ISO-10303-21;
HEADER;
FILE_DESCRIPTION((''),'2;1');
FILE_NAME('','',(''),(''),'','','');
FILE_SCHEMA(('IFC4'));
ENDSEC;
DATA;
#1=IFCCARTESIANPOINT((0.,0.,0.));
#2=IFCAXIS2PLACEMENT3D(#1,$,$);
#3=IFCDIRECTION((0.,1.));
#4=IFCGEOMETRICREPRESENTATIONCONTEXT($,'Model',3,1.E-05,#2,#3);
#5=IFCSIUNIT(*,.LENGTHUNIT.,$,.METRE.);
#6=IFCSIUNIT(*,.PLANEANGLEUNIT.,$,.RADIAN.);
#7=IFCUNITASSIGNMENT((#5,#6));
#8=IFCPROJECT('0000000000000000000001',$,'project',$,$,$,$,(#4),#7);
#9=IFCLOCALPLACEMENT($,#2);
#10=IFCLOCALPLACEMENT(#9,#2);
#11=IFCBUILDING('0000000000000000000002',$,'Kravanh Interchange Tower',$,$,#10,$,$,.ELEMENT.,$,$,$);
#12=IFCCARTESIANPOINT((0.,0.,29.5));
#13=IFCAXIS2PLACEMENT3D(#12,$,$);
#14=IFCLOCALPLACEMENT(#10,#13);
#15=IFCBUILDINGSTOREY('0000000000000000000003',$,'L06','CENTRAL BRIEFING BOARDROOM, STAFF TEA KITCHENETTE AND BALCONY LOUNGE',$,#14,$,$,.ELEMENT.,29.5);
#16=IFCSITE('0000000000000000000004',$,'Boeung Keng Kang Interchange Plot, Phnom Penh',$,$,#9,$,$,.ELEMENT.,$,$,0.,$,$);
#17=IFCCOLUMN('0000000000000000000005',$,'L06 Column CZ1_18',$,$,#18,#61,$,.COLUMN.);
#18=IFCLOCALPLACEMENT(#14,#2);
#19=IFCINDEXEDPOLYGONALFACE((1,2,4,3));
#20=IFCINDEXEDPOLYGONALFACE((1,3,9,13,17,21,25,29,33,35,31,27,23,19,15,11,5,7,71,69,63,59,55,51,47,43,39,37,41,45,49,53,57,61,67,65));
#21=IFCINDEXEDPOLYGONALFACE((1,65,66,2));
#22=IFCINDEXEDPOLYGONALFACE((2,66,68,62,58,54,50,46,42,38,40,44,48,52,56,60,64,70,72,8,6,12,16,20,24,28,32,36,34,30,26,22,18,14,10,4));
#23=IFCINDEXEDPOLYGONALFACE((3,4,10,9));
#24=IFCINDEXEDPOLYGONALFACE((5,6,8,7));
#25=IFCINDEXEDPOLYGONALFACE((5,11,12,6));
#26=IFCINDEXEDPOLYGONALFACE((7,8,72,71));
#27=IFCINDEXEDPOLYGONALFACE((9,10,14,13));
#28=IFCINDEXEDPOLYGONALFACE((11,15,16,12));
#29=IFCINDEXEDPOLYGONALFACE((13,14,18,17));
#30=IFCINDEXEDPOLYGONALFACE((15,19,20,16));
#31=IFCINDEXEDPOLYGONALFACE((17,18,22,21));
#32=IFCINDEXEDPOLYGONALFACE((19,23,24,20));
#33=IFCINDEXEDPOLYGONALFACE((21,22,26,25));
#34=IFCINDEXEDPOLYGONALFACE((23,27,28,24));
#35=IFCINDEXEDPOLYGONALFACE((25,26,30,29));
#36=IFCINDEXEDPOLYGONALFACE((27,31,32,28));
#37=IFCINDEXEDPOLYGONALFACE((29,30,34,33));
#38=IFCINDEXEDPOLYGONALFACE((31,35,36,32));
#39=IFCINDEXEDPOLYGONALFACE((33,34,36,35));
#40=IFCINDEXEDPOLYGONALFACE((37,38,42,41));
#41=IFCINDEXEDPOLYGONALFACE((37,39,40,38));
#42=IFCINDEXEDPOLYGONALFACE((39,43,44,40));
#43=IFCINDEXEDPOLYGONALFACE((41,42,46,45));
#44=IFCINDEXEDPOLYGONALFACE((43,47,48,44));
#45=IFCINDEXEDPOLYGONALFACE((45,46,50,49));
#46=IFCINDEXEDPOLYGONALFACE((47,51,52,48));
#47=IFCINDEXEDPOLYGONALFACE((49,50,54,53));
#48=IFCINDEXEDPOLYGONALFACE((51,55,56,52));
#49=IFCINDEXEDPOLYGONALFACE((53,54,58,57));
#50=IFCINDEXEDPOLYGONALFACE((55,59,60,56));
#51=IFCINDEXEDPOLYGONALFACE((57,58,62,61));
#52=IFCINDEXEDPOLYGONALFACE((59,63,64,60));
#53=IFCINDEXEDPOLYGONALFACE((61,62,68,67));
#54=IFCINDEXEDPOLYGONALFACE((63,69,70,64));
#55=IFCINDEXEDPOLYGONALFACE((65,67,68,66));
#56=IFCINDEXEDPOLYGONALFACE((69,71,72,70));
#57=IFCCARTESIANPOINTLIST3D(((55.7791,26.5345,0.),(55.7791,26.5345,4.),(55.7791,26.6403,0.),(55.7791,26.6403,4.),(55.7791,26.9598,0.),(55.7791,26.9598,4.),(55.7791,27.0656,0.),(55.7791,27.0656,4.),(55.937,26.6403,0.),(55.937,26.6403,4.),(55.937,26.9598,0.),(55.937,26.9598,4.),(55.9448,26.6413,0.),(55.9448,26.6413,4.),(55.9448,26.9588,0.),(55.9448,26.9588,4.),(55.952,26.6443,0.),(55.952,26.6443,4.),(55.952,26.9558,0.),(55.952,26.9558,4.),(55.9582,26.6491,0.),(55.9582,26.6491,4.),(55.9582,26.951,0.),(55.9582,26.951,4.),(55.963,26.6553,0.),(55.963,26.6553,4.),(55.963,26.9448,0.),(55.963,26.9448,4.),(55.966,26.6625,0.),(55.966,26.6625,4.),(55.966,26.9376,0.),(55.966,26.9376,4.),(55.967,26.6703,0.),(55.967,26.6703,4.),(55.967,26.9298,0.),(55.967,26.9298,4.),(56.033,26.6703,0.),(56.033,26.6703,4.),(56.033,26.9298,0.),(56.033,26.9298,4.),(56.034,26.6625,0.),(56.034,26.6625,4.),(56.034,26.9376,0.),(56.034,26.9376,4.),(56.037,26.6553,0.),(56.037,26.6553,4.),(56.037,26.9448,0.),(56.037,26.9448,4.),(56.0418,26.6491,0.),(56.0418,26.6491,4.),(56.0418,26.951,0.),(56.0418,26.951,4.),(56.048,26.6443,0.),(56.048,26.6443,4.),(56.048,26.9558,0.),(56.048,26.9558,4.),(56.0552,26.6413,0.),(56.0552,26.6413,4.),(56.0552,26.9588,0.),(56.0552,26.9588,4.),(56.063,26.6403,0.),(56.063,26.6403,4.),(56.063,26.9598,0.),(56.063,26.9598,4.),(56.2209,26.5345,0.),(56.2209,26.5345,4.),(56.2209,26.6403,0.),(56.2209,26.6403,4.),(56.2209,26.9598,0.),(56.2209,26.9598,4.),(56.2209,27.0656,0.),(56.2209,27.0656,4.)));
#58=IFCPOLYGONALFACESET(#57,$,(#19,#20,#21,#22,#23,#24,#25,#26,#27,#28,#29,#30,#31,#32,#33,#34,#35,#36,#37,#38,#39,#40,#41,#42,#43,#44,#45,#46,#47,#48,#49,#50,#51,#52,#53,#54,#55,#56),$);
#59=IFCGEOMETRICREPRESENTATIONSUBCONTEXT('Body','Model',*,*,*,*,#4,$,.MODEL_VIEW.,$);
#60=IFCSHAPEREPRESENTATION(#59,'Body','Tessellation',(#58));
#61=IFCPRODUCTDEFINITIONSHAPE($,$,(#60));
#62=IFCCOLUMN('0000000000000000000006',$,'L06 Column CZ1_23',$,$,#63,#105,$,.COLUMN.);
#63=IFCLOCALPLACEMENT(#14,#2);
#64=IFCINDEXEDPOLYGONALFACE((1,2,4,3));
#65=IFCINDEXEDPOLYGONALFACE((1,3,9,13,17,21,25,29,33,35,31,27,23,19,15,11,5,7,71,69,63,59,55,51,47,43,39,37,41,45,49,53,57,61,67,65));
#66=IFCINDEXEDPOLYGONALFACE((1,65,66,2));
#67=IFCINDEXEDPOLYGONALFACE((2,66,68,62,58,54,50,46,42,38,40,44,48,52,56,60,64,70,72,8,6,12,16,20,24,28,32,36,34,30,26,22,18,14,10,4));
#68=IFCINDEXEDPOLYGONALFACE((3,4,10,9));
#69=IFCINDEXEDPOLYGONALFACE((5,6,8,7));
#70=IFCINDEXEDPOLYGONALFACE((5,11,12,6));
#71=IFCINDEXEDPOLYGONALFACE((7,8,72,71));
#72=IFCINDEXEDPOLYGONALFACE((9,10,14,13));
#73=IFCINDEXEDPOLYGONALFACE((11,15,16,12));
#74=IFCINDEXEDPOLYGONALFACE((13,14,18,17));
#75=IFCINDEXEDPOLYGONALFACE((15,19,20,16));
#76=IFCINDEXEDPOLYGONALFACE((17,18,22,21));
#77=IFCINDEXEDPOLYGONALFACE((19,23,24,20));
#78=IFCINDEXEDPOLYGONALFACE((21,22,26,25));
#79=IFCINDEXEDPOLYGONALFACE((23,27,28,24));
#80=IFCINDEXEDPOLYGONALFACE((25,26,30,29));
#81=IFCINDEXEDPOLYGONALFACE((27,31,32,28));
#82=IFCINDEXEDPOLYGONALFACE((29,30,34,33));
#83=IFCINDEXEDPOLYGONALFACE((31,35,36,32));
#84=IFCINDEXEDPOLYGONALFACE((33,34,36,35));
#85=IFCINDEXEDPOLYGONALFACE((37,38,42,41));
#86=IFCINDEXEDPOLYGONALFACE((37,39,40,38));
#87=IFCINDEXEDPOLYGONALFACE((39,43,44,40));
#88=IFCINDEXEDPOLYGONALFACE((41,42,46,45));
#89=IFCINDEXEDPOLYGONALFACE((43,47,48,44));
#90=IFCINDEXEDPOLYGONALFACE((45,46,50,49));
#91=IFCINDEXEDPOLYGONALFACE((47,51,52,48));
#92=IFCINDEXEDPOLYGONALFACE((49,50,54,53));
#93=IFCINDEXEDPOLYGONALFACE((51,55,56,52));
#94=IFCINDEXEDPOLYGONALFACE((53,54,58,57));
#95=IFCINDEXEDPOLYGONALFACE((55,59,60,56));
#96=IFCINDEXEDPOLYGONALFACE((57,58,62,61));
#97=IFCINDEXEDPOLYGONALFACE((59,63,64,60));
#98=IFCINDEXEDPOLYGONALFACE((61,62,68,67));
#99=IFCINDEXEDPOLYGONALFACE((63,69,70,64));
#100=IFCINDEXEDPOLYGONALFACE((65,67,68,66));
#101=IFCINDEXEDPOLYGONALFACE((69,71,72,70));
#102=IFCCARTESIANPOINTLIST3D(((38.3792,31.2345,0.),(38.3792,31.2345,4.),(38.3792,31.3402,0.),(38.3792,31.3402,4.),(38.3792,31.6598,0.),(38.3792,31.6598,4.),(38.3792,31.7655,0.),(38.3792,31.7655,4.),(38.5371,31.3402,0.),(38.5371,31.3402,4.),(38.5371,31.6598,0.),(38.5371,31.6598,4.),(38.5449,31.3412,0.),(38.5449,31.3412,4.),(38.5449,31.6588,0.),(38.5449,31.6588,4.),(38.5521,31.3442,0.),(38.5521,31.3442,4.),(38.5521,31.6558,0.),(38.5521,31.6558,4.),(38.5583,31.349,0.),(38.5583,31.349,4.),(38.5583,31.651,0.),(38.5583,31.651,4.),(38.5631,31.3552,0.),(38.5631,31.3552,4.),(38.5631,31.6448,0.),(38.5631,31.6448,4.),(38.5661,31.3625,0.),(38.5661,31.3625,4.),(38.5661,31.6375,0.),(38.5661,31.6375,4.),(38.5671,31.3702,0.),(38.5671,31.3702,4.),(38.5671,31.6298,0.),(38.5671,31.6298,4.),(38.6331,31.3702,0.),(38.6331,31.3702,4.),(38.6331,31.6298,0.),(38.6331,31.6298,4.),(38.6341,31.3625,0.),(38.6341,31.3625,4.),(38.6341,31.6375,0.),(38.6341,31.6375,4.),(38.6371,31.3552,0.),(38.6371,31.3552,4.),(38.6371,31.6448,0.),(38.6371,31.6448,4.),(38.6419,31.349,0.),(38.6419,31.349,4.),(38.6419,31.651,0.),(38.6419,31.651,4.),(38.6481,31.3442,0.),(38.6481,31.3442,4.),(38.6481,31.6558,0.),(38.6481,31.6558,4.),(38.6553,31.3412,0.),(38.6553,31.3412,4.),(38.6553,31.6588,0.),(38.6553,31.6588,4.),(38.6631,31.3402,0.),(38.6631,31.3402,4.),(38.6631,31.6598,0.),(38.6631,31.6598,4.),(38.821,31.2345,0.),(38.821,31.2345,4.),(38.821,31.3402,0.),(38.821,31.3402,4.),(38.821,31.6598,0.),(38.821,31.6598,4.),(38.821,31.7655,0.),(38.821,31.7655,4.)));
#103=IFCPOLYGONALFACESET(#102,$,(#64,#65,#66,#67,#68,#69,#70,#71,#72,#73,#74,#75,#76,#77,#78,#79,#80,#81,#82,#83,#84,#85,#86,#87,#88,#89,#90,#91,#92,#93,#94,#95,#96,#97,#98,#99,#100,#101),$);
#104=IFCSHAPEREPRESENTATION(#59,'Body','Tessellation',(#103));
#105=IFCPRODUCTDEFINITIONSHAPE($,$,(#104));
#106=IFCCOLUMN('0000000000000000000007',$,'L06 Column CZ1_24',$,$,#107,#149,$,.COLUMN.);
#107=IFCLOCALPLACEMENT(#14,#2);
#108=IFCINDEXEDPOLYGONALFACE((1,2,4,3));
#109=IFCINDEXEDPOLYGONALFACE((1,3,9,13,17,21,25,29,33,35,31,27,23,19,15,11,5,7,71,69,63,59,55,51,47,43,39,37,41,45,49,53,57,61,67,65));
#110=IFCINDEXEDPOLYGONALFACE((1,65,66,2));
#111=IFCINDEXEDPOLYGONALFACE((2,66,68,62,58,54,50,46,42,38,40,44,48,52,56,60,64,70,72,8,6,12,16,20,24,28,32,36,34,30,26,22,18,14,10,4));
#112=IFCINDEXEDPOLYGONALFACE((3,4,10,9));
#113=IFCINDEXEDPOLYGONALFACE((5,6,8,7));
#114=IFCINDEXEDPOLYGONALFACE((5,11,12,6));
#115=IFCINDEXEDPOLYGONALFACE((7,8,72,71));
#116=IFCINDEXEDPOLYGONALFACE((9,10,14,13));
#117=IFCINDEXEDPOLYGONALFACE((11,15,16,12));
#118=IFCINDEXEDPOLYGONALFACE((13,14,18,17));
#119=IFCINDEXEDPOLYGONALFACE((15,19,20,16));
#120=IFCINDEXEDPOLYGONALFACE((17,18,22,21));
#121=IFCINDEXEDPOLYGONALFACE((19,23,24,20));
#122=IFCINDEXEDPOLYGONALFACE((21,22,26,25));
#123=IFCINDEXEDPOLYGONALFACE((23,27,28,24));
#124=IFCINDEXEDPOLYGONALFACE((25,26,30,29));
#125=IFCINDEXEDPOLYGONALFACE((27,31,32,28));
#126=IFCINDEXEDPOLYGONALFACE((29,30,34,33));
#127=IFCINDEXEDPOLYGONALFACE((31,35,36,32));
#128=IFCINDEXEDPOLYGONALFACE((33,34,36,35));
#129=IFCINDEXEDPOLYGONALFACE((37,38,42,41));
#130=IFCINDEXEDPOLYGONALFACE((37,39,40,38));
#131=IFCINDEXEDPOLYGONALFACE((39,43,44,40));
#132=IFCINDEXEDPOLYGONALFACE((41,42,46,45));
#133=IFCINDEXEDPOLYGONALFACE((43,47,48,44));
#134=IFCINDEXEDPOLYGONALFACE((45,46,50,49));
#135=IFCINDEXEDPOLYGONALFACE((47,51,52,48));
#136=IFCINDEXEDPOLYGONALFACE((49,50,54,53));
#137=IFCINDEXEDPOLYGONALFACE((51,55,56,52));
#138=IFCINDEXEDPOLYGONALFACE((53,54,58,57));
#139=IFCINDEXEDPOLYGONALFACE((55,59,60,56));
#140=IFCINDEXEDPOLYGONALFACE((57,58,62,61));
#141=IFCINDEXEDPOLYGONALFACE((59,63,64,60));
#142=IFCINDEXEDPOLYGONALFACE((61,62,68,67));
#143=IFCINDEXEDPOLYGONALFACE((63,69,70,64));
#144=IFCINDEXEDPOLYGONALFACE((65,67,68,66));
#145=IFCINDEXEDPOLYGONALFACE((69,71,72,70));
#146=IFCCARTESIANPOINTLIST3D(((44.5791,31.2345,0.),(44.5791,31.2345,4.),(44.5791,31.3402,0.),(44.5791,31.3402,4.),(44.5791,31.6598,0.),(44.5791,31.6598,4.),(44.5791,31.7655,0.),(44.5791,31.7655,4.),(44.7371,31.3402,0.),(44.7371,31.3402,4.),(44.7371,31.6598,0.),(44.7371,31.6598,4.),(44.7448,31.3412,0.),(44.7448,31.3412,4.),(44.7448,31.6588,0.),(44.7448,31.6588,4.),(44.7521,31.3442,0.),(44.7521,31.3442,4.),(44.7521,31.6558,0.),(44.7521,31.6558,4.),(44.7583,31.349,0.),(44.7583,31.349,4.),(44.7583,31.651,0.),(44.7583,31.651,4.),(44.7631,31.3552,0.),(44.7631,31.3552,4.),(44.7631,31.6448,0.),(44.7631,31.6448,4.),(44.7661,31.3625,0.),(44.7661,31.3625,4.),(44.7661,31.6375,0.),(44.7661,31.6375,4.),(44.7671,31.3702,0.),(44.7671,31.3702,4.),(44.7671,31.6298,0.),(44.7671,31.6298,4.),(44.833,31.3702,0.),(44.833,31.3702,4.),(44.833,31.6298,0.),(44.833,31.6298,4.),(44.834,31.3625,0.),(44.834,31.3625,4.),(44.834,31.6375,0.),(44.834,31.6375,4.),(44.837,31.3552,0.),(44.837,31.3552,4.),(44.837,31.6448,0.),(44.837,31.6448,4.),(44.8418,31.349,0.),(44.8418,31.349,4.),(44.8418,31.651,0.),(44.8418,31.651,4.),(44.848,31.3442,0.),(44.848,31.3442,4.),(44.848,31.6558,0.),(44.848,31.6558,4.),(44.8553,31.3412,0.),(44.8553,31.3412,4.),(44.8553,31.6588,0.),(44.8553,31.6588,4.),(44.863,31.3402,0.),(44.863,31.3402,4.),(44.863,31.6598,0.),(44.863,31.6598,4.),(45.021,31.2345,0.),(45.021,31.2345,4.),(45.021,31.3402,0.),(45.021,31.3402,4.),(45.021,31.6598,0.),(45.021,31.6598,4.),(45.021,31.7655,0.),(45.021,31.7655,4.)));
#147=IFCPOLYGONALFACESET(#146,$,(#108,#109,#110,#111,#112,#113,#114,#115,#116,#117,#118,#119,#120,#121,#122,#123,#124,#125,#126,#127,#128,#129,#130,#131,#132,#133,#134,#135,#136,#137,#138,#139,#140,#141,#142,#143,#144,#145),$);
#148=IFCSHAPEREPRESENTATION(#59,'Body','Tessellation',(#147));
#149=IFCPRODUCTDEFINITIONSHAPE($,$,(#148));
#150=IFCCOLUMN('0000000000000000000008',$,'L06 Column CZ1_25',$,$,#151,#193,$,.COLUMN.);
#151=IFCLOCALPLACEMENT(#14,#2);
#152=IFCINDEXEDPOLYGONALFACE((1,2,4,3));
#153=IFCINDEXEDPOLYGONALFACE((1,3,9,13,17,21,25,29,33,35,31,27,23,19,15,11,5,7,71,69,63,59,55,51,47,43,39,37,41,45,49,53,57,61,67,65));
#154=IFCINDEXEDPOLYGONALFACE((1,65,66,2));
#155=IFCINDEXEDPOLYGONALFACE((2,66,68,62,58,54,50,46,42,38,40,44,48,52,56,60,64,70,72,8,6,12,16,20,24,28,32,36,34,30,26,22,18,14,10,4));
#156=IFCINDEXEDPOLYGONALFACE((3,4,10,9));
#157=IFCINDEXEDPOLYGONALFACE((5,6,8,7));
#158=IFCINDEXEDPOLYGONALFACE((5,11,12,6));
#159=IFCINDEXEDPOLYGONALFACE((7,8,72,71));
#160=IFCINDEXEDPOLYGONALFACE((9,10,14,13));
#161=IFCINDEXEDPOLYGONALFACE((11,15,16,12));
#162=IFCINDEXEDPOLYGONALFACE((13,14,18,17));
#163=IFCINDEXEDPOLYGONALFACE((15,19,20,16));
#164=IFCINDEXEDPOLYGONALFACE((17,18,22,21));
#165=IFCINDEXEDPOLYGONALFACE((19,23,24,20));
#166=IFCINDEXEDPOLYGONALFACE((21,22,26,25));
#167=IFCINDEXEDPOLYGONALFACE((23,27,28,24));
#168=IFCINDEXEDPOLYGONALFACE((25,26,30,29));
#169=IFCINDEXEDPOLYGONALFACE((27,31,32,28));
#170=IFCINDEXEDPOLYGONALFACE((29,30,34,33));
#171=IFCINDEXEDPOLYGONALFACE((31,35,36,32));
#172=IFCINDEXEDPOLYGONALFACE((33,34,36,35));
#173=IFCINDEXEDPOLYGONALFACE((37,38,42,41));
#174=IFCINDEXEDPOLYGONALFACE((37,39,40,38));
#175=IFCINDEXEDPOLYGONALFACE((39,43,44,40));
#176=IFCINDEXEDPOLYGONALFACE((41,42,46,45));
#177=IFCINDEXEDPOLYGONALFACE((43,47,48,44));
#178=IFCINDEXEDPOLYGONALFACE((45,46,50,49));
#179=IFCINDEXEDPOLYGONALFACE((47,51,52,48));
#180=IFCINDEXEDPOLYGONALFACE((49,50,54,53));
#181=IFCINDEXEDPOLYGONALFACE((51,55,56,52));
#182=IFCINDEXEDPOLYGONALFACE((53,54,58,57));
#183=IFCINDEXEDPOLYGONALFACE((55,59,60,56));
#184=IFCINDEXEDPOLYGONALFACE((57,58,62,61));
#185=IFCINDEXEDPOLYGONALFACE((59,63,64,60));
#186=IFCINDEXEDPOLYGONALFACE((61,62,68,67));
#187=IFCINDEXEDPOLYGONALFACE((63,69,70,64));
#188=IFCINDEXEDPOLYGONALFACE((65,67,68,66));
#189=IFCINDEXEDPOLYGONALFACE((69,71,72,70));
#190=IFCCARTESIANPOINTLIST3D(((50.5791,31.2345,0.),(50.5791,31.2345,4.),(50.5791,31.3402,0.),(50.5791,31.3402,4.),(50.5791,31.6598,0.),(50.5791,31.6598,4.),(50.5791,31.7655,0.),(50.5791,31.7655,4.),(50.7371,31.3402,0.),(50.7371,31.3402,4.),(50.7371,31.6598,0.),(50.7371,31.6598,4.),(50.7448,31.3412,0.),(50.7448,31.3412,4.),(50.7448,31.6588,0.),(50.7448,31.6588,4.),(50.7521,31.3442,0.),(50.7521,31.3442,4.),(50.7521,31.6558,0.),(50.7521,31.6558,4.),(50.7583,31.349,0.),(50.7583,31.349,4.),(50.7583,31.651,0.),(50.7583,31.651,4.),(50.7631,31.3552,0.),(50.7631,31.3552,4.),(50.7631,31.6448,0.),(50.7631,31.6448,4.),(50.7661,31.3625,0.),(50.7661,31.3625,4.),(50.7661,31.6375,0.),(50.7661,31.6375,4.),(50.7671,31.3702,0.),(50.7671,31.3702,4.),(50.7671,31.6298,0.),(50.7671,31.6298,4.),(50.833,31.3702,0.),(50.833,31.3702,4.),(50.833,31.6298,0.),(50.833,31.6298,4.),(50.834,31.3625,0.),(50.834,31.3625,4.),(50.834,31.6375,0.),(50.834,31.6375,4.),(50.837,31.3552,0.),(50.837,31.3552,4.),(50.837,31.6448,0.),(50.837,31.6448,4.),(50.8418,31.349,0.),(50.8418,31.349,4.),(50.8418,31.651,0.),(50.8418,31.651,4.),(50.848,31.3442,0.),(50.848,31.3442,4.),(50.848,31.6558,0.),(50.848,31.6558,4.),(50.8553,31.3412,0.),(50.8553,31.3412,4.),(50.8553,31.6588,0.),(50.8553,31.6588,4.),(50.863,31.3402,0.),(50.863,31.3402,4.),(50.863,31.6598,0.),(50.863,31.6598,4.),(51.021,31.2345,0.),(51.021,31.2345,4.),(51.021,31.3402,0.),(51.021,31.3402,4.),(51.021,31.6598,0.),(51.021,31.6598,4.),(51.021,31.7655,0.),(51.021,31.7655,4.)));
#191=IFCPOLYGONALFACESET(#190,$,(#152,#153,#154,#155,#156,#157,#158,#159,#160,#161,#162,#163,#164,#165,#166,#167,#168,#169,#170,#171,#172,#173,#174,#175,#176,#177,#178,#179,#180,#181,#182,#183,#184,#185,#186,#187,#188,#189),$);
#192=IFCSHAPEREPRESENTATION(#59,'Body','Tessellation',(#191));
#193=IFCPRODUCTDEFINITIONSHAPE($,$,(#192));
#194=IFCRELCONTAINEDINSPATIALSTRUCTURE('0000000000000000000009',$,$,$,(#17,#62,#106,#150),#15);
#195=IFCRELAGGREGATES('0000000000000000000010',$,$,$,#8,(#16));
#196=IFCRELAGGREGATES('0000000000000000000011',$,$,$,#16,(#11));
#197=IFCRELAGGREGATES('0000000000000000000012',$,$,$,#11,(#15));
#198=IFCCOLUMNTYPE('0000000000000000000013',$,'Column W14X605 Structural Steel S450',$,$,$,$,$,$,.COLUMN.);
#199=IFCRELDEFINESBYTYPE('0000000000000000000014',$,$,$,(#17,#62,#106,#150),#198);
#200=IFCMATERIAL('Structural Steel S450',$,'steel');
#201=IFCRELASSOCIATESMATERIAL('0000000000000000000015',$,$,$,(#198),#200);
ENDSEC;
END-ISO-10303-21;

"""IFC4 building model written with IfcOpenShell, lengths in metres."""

from ifc_helpers import new_model, si_unit, direction, frame, origin, origin_2d, place, context, subcontext, project, spatial, i_section, extrude, material, material_profile, profile_set, type_object, element, save


model = new_model("IFC4")

# Units and contexts
model_context = context("Model", 3, precision=1e-05, world=origin(), true_north=direction((0.0, 1.0)))
body_context = subcontext(model_context, "Body", "Model", "MODEL_VIEW")
ifc_project = project(units=[si_unit("LENGTHUNIT", "METRE"), si_unit("PLANEANGLEUNIT", "RADIAN")], contexts=[model_context])

# Site, building, storey
site_placement = place(None, origin())
site = spatial("IfcSite", under=ifc_project, at=site_placement, Name="Boeung Keng Kang Interchange Plot, Phnom Penh", CompositionType="ELEMENT", RefElevation=0.0)
building_placement = place(site_placement, origin())
building = spatial("IfcBuilding", under=site, at=building_placement, Name="Kravanh Interchange Tower", CompositionType="ELEMENT")
storey_placement = place(building_placement, frame((0.0, 0.0, 29.5)))
storey = spatial("IfcBuildingStorey", under=building, at=storey_placement, Name="L06", Description="CENTRAL BRIEFING BOARDROOM, STAFF TEA KITCHENETTE AND BALCONY LOUNGE", CompositionType="ELEMENT", Elevation=29.5)

# Columns
ifc_material_1 = material(Name="Structural Steel S450", Category="steel")
ifc_material_profile_1 = material_profile(ifc_material_1, i_section(OverallWidth=0.4419, OverallDepth=0.531, WebThickness=0.0659, FlangeThickness=0.1057, FilletRadius=0.03, at=origin_2d()), Name="W14X605")
ifc_profile_set_1 = profile_set([ifc_material_profile_1], Name="Structural Steel S450")
column_type = type_object("IfcColumnType", Name="Column W14X605 Structural Steel S450", PredefinedType="COLUMN", material=ifc_profile_set_1)
for number, where, z_axis, x_axis, name in (
    (1, (56.0, 26.8, 0.0), (0.0, 0.0, 1.0), (1.0, 0.0, 0.0), "L06 Column CZ1_18"),
    (2, (38.6001, 31.5, 0.0), (0.0, 0.0, 1.0), (1.0, 0.0, 0.0), "L06 Column CZ1_23"),
    (3, (44.8, 31.5, 0.0), (0.0, 0.0, 1.0), (1.0, 0.0, 0.0), "L06 Column CZ1_24"),
    (4, (50.8, 31.5, 0.0), (0.0, 0.0, 1.0), (1.0, 0.0, 0.0), "L06 Column CZ1_25"),
):
    element("IfcColumn", number, at=place(storey_placement, frame(where, z_axis=z_axis, x_axis=x_axis)), inside=storey, type_object=column_type, Name=name, PredefinedType="COLUMN", context=body_context, shape_type="SweptSolid", body=[
        extrude(i_section(OverallWidth=0.4419, OverallDepth=0.531, WebThickness=0.0659, FlangeThickness=0.1057, FilletRadius=0.03, at=origin_2d()), origin(), (0.0, 0.0, 1.0), 4.0),
    ])

save(model, "model.ifc")
